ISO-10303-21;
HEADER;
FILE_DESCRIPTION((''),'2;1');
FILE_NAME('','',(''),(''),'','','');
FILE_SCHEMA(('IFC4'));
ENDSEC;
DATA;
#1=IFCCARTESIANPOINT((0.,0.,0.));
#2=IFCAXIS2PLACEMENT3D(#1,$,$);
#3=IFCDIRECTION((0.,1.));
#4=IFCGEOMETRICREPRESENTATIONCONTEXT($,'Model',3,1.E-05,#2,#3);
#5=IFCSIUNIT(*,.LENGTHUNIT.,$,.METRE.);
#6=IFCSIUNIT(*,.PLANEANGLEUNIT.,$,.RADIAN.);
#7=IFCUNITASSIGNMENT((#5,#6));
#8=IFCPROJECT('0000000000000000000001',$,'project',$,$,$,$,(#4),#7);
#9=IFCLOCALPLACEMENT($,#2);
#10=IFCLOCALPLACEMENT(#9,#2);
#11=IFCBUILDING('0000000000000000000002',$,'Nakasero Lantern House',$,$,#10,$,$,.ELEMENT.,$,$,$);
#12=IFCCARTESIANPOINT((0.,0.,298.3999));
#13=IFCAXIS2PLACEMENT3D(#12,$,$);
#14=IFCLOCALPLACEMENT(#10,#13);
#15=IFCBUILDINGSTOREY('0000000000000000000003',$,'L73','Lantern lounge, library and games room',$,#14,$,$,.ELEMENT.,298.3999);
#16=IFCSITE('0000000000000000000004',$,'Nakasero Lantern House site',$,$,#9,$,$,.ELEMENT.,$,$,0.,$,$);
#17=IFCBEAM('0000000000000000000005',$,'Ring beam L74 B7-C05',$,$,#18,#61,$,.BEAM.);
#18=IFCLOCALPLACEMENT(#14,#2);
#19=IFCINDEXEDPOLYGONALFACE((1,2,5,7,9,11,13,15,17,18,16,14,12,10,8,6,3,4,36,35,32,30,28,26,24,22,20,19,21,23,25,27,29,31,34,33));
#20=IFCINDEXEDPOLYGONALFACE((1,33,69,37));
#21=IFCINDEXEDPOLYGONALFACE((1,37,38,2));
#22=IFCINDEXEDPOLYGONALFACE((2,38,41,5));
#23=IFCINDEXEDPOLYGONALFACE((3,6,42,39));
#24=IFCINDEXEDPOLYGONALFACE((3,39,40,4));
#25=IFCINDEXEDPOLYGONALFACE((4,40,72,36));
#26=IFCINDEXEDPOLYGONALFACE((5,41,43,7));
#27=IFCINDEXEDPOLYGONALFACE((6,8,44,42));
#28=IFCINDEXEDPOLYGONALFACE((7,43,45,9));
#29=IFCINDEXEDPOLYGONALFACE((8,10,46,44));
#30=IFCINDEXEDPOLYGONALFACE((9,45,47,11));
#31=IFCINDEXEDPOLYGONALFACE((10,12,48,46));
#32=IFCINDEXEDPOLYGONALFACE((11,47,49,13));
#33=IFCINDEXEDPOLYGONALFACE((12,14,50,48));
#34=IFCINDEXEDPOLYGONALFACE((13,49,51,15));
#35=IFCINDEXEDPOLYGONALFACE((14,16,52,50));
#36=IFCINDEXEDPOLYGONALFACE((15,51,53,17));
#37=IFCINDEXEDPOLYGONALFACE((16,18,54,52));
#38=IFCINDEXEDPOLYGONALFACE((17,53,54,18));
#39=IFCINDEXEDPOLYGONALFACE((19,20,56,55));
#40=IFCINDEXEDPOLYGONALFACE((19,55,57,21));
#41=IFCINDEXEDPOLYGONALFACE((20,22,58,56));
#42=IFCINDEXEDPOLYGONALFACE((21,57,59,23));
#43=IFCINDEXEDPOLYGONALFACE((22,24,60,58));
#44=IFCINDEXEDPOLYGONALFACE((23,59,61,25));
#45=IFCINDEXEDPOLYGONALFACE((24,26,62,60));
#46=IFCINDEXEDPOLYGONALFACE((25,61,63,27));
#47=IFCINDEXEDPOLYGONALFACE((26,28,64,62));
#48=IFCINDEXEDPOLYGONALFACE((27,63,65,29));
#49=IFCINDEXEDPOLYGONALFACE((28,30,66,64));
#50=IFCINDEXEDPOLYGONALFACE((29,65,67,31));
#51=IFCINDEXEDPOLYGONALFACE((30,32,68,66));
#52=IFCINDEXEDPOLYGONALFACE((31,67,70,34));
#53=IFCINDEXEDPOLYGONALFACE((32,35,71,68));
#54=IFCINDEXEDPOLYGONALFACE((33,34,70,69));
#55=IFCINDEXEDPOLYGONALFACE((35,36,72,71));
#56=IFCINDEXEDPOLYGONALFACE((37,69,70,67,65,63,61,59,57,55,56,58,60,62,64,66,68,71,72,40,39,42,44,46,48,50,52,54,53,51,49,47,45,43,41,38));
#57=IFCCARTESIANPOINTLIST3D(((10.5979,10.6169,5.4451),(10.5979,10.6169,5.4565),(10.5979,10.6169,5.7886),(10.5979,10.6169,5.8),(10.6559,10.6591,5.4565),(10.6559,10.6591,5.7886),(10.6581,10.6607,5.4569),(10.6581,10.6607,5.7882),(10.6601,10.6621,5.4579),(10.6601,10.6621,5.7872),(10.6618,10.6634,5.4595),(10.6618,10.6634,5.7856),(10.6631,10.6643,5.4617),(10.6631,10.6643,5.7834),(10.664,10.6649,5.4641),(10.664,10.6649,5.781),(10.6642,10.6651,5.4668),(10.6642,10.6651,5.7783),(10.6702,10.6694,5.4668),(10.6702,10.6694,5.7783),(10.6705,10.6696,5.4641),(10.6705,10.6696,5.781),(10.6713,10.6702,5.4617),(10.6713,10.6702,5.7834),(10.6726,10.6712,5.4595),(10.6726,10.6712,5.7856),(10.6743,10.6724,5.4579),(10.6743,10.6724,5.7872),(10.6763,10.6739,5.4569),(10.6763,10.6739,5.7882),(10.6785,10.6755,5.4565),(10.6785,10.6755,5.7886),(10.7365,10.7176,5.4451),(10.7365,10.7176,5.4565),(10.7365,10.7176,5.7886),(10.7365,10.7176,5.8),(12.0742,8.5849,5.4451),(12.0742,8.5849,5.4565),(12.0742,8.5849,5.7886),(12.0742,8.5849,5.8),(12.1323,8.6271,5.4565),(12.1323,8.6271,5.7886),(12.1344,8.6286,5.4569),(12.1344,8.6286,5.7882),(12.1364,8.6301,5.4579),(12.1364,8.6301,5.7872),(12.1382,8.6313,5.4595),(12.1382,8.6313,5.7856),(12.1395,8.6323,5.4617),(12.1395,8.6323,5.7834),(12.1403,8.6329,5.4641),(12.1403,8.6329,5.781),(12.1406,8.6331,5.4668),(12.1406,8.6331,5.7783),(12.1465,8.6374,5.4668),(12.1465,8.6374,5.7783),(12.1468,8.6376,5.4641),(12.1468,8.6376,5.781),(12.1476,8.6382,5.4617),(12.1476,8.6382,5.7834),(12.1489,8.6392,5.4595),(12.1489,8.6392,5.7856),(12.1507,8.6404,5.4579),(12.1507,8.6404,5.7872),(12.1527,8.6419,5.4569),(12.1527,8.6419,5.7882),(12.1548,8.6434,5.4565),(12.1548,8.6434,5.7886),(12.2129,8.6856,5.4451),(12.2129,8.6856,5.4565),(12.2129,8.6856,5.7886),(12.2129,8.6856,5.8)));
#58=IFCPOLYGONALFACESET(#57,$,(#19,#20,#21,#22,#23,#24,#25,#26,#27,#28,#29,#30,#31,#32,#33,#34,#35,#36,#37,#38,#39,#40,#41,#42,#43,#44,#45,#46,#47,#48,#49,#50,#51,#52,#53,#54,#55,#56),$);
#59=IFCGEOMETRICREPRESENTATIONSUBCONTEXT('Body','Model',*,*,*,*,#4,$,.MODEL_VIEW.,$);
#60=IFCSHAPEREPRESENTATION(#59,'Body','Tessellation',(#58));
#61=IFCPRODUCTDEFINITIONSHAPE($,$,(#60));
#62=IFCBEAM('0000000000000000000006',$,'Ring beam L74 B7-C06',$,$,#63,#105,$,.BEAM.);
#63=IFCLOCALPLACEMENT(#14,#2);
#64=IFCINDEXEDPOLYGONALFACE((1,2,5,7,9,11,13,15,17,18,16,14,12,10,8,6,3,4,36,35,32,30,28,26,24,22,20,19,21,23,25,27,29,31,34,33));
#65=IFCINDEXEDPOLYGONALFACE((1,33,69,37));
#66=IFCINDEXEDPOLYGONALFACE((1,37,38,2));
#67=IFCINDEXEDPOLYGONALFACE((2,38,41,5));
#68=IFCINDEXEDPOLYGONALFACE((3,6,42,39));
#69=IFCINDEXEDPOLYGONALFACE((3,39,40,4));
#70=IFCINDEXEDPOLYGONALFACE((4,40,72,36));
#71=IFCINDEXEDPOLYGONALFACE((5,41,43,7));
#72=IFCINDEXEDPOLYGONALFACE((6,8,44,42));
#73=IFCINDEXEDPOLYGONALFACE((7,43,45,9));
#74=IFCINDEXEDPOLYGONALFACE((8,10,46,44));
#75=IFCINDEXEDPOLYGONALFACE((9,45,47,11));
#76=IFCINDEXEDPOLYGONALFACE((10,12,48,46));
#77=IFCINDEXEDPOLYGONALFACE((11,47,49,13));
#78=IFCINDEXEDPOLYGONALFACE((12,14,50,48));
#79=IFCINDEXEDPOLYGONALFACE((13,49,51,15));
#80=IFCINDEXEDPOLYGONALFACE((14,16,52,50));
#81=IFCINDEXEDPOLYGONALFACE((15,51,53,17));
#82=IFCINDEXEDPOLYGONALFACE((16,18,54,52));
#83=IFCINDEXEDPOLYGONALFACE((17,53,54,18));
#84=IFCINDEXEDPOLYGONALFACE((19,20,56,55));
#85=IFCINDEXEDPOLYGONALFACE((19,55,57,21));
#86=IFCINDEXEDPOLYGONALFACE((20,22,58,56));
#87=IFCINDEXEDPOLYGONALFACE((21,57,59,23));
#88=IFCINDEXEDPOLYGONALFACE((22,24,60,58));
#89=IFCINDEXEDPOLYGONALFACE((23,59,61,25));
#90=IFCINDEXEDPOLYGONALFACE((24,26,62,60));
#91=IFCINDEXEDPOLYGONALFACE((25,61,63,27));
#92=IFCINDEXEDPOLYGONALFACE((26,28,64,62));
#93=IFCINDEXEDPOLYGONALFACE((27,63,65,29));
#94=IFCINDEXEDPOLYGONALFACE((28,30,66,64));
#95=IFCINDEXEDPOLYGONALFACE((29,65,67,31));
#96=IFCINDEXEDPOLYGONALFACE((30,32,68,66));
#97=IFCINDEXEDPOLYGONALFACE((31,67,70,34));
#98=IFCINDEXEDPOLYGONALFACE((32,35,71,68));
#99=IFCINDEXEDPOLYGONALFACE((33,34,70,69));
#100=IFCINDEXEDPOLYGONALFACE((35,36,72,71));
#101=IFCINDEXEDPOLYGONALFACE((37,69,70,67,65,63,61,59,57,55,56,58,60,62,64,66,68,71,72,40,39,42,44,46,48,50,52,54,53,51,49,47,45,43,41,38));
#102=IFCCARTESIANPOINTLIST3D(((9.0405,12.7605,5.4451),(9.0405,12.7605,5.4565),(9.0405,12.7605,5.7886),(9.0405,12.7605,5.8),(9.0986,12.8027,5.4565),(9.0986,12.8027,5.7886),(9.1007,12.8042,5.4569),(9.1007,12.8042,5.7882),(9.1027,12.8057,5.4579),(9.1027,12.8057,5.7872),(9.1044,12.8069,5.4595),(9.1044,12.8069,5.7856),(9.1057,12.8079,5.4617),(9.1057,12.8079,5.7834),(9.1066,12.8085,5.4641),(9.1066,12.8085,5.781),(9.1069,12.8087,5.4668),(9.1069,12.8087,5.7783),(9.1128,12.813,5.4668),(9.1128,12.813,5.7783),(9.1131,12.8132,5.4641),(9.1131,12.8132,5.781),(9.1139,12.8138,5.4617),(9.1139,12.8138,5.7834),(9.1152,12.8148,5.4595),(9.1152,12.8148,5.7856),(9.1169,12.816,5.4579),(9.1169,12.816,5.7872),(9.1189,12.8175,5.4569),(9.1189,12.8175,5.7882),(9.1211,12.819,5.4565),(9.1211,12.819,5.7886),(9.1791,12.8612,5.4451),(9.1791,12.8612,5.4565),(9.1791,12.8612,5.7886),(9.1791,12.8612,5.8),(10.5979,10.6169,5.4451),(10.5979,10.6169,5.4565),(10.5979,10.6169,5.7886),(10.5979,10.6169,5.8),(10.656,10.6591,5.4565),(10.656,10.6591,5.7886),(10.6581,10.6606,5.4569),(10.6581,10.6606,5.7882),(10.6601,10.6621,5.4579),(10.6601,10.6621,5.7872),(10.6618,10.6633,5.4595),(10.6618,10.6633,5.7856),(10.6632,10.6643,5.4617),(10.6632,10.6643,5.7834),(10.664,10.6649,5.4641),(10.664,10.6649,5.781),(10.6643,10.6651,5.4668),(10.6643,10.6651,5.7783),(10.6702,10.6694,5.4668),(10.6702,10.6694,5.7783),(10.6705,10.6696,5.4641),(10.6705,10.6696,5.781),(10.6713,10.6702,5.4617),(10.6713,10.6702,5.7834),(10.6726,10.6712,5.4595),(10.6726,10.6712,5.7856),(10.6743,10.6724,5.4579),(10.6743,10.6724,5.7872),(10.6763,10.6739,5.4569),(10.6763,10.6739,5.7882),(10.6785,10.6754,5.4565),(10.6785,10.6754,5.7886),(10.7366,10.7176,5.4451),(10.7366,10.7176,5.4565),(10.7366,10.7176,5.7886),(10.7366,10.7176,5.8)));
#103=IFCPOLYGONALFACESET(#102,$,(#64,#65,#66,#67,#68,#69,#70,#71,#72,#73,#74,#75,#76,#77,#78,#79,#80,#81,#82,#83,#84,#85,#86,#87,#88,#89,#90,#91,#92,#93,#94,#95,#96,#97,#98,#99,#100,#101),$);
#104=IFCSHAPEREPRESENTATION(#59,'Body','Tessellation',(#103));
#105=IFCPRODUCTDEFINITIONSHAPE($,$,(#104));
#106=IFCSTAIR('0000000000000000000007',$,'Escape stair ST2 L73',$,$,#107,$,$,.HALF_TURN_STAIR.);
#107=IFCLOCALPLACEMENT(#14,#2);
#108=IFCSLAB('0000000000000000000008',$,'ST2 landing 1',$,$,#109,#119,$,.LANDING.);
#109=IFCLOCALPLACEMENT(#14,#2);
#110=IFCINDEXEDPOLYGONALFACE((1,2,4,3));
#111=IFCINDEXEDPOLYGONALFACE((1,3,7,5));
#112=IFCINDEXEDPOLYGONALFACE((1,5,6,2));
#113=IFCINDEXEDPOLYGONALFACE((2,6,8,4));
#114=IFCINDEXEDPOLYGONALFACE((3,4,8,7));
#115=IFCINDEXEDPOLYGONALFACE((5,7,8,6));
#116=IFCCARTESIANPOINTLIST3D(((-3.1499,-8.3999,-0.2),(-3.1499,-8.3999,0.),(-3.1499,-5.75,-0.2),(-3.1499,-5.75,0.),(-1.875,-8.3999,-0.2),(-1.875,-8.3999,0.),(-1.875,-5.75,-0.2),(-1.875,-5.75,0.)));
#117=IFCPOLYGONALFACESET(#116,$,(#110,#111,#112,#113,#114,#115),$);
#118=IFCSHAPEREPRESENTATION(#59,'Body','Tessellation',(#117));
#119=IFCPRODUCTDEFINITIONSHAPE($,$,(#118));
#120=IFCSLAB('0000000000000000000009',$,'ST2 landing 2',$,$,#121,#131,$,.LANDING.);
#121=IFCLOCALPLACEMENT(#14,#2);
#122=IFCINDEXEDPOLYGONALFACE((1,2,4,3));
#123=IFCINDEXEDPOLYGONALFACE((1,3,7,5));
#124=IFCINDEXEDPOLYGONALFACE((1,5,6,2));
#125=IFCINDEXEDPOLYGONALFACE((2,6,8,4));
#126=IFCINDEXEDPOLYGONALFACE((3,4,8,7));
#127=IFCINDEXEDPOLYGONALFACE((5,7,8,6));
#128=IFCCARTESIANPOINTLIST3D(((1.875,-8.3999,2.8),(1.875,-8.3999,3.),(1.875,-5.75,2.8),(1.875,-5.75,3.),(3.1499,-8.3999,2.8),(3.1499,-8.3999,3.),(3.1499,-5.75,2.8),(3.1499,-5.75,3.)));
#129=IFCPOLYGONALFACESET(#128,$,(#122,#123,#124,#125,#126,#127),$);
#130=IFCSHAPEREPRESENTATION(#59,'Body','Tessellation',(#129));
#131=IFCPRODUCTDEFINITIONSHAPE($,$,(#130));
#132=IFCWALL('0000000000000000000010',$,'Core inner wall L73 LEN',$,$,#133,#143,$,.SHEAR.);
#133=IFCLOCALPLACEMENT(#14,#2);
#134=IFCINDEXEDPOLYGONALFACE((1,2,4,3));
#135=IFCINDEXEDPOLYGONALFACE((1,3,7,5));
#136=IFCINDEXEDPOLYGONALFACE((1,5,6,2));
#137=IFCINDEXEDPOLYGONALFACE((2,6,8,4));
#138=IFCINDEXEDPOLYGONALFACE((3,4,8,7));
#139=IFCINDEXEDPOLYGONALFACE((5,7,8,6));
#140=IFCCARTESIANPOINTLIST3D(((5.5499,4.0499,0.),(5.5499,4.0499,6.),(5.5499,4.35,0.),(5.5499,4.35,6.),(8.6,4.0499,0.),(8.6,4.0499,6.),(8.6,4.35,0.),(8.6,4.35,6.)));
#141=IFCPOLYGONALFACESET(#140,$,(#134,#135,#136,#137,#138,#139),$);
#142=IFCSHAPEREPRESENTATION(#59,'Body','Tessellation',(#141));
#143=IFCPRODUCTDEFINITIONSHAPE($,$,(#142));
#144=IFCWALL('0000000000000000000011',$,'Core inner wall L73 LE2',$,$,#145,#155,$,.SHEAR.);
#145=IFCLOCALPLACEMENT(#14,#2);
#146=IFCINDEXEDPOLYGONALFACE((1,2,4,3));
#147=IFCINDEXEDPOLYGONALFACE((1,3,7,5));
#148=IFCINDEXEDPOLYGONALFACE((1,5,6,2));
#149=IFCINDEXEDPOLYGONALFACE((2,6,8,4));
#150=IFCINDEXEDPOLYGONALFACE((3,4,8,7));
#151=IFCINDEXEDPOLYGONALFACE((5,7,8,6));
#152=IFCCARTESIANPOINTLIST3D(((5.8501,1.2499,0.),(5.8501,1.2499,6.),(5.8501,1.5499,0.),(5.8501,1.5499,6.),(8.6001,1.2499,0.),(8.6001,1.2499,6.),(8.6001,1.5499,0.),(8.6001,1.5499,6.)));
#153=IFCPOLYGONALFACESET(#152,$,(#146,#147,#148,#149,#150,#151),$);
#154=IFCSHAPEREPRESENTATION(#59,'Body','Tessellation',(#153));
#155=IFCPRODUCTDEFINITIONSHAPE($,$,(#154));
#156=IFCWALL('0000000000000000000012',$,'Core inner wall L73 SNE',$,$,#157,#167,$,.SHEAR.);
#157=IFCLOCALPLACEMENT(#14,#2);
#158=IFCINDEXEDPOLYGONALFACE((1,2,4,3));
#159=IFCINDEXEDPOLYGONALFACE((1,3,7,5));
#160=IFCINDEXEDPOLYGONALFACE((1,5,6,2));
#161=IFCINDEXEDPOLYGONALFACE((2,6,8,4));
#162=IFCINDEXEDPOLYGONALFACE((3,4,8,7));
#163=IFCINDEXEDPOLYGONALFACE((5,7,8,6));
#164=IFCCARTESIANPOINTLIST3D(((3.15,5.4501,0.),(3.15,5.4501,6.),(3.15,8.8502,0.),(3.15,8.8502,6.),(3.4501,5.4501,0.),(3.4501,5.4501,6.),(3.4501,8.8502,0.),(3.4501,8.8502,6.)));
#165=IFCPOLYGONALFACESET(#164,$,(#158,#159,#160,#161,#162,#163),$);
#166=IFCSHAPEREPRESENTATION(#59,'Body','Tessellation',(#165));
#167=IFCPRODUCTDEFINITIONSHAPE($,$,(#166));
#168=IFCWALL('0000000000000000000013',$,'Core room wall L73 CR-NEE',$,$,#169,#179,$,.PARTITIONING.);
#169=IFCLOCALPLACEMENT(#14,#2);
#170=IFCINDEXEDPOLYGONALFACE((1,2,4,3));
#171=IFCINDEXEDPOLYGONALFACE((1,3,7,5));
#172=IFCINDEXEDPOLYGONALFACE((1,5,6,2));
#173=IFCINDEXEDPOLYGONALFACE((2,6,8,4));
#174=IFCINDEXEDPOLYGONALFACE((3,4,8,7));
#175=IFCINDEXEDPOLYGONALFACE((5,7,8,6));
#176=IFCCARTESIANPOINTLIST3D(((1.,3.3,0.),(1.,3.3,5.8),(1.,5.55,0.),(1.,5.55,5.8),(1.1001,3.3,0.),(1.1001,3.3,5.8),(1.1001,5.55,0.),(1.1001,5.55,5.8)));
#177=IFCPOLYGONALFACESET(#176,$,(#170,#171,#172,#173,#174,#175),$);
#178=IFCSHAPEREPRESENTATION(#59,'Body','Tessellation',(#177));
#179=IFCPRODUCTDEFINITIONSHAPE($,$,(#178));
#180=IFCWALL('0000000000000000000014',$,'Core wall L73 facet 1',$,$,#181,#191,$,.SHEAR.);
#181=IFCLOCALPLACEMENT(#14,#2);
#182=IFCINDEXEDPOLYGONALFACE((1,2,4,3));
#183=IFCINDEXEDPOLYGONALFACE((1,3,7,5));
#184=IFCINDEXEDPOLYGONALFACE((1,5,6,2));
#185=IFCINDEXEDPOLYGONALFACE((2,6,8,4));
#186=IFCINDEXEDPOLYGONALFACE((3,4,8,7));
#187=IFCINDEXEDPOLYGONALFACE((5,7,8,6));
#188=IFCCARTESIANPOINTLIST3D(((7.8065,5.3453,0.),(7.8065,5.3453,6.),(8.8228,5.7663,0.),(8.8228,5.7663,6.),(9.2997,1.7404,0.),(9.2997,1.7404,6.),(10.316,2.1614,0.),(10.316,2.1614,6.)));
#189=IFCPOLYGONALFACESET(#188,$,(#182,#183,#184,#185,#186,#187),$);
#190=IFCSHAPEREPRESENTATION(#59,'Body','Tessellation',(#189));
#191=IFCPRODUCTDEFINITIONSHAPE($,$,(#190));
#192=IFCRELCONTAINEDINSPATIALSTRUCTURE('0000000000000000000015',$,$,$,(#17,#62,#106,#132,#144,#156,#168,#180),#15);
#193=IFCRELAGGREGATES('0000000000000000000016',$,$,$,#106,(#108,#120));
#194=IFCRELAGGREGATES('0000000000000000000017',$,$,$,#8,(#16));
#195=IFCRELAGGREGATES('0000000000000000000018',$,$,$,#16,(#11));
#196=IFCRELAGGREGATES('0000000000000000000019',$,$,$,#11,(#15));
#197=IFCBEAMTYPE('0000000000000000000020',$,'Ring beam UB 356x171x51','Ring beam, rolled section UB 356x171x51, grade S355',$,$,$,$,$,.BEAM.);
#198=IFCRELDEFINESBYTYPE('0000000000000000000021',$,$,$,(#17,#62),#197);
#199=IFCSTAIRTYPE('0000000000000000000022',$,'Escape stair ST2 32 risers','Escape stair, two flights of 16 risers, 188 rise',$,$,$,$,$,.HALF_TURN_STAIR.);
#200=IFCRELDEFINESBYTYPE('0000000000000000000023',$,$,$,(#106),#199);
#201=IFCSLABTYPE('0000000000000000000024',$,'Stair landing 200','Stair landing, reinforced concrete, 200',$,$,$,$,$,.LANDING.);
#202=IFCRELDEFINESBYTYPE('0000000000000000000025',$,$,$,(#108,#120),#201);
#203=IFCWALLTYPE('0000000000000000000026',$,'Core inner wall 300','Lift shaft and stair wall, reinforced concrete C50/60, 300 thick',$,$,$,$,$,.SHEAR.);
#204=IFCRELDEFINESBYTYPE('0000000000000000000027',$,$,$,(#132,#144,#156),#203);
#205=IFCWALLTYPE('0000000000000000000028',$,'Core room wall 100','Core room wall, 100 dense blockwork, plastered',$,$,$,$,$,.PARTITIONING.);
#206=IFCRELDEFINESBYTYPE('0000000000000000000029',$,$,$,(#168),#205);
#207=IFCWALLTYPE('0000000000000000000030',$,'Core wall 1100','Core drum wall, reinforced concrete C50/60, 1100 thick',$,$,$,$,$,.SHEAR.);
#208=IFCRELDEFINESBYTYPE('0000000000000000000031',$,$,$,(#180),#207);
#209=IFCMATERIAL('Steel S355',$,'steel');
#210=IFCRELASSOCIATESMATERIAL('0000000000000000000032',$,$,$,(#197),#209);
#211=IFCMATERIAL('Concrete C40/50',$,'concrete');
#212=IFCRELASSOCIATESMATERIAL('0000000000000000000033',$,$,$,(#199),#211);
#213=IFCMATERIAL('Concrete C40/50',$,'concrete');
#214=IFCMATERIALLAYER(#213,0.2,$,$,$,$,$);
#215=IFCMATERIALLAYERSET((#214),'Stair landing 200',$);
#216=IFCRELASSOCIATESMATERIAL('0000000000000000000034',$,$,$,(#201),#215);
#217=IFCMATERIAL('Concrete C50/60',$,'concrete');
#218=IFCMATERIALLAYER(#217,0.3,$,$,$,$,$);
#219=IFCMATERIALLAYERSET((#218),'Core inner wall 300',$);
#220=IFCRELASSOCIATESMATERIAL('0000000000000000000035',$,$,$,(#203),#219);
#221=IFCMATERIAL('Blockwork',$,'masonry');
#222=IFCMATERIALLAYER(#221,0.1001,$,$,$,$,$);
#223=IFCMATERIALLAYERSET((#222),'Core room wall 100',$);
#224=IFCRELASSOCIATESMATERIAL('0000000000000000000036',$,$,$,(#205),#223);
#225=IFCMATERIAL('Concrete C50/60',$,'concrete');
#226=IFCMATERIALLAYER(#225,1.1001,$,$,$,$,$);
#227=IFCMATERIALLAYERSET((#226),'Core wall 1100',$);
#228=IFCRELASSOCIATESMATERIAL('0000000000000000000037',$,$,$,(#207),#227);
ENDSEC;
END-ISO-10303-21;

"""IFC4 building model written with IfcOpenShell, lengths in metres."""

from ifc_helpers import new_model, si_unit, direction, frame, frame_2d, origin, origin_2d, place, context, subcontext, project, spatial, polyline, rectangle, i_section, outline, extrude, material, layer, layer_set, material_profile, profile_set, type_object, element, aggregate, save


model = new_model("IFC4")

# Units and contexts
model_context = context("Model", 3, precision=1e-05, world=origin(), true_north=direction((0.0, 1.0)))
body_context = subcontext(model_context, "Body", "Model", "MODEL_VIEW")
ifc_project = project(units=[si_unit("LENGTHUNIT", "METRE"), si_unit("PLANEANGLEUNIT", "RADIAN")], contexts=[model_context])

# Site, building, storey
site_placement = place(None, origin())
site = spatial("IfcSite", under=ifc_project, at=site_placement, Name="Nakasero Lantern House site", CompositionType="ELEMENT", RefElevation=0.0)
building_placement = place(site_placement, origin())
building = spatial("IfcBuilding", under=site, at=building_placement, Name="Nakasero Lantern House", CompositionType="ELEMENT")
storey_placement = place(building_placement, frame((0.0, 0.0, 298.3999)))
storey = spatial("IfcBuildingStorey", under=building, at=storey_placement, Name="L73", Description="Lantern lounge, library and games room", CompositionType="ELEMENT", Elevation=298.3999)

# Beams
ifc_material_1 = material(Name="Steel S355", Category="steel")
ifc_material_profile_1 = material_profile(ifc_material_1, i_section(OverallWidth=0.1714, OverallDepth=0.355, WebThickness=0.0073, FlangeThickness=0.0115, FilletRadius=0.0103, at=origin_2d()), Name="UB 356x171x51")
ifc_profile_set_1 = profile_set([ifc_material_profile_1], Name="Steel S355")
beam_type_1 = type_object("IfcBeamType", Name="Ring beam UB 356x171x51", Description="Ring beam, rolled section UB 356x171x51, grade S355", PredefinedType="BEAM", material=ifc_profile_set_1)
beam_1_placement = place(storey_placement, frame((12.1436, 8.6353, 5.6226), z_axis=(-0.587784, 0.809018, 0.0), x_axis=(-0.809018, -0.587784, 0.0)))
element("IfcBeam", 1, at=beam_1_placement, inside=storey, type_object=beam_type_1, Name="Ring beam L74 B7-C05", PredefinedType="BEAM", context=body_context, shape_type="SweptSolid", body=[
    extrude(i_section(OverallWidth=0.1714, OverallDepth=0.355, WebThickness=0.0073, FlangeThickness=0.0115, FilletRadius=0.0103, at=origin_2d()), origin(), (0.0, 0.0, 1.0), 2.5117),
])
beam_2_placement = place(storey_placement, frame((10.6672, 10.6672, 5.6226), z_axis=(-0.587783, 0.809019, 0.0), x_axis=(-0.809019, -0.587783, 0.0)))
element("IfcBeam", 2, at=beam_2_placement, inside=storey, type_object=beam_type_1, Name="Ring beam L74 B7-C06", PredefinedType="BEAM", context=body_context, shape_type="SweptSolid", body=[
    extrude(i_section(OverallWidth=0.1714, OverallDepth=0.355, WebThickness=0.0073, FlangeThickness=0.0115, FilletRadius=0.0103, at=origin_2d()), origin(), (0.0, 0.0, 1.0), 2.6497),
])

# Stair, slabs
ifc_material_2 = material(Name="Concrete C40/50", Category="concrete")
stair_type_1 = type_object("IfcStairType", Name="Escape stair ST2 32 risers", Description="Escape stair, two flights of 16 risers, 188 rise", PredefinedType="HALF_TURN_STAIR", material=ifc_material_2)
stair_1_placement = place(storey_placement, origin())
stair_1 = element("IfcStair", 3, at=stair_1_placement, inside=storey, type_object=stair_type_1, Name="Escape stair ST2 L73", PredefinedType="HALF_TURN_STAIR")
ifc_material_3 = material(Name="Concrete C40/50", Category="concrete")
ifc_layer_1 = layer(ifc_material_3, 0.2)
ifc_layer_set_1 = layer_set([ifc_layer_1], Name="Stair landing 200")
slab_type = type_object("IfcSlabType", Name="Stair landing 200", Description="Stair landing, reinforced concrete, 200", PredefinedType="LANDING", material=ifc_layer_set_1)
slab_1_placement = place(storey_placement, frame((0.0, 0.0, -0.2)))
slab_1 = element("IfcSlab", 4, at=slab_1_placement, type_object=slab_type, Name="ST2 landing 1", PredefinedType="LANDING", context=body_context, shape_type="SweptSolid", body=[
    extrude(outline(polyline([(-3.1499, -8.3999), (-1.875, -8.3999), (-1.875, -5.75), (-3.1499, -5.75), (-3.1499, -8.3999)])), origin(), (0.0, 0.0, 1.0), 0.2),
])
slab_2_placement = place(storey_placement, frame((0.0, 0.0, 2.8)))
slab_2 = element("IfcSlab", 5, at=slab_2_placement, type_object=slab_type, Name="ST2 landing 2", PredefinedType="LANDING", context=body_context, shape_type="SweptSolid", body=[
    extrude(outline(polyline([(1.875, -8.3999), (3.1499, -8.3999), (3.1499, -5.75), (1.875, -5.75), (1.875, -8.3999)])), origin(), (0.0, 0.0, 1.0), 0.2),
])
aggregate(stair_1, [slab_1, slab_2])

# Walls
ifc_material_4 = material(Name="Concrete C50/60", Category="concrete")
ifc_layer_2 = layer(ifc_material_4, 0.3)
ifc_layer_set_2 = layer_set([ifc_layer_2], Name="Core inner wall 300")
wall_type_1 = type_object("IfcWallType", Name="Core inner wall 300", Description="Lift shaft and stair wall, reinforced concrete C50/60, 300 thick", PredefinedType="SHEAR", material=ifc_layer_set_2)
wall_1_placement = place(storey_placement, frame((5.55, 4.2, 0.0), z_axis=(0.0, 0.0, 1.0), x_axis=(1.0, 0.0, 0.0)))
element("IfcWall", 6, at=wall_1_placement, inside=storey, type_object=wall_type_1, Name="Core inner wall L73 LEN", PredefinedType="SHEAR", context=body_context, shape_type="SweptSolid", body=[
    extrude(rectangle(XDim=3.05, YDim=0.3, at=frame_2d((1.5249, 0.0))), origin(), (0.0, 0.0, 1.0), 6.0),
])
wall_2_placement = place(storey_placement, frame((5.8501, 1.3999, 0.0), z_axis=(0.0, 0.0, 1.0), x_axis=(1.0, 0.0, 0.0)))
element("IfcWall", 7, at=wall_2_placement, inside=storey, type_object=wall_type_1, Name="Core inner wall L73 LE2", PredefinedType="SHEAR", context=body_context, shape_type="SweptSolid", body=[
    extrude(rectangle(XDim=2.75, YDim=0.3, at=frame_2d((1.375, 0.0))), origin(), (0.0, 0.0, 1.0), 6.0),
])
wall_3_placement = place(storey_placement, frame((3.3, 5.45, 0.0), z_axis=(0.0, 0.0, 1.0), x_axis=(0.0, 1.0, 0.0)))
element("IfcWall", 8, at=wall_3_placement, inside=storey, type_object=wall_type_1, Name="Core inner wall L73 SNE", PredefinedType="SHEAR", context=body_context, shape_type="SweptSolid", body=[
    extrude(rectangle(XDim=3.4001, YDim=0.3, at=frame_2d((1.7002, 0.0))), origin(), (0.0, 0.0, 1.0), 6.0),
])
ifc_material_5 = material(Name="Blockwork", Category="masonry")
ifc_layer_3 = layer(ifc_material_5, 0.1001)
ifc_layer_set_3 = layer_set([ifc_layer_3], Name="Core room wall 100")
wall_type_2 = type_object("IfcWallType", Name="Core room wall 100", Description="Core room wall, 100 dense blockwork, plastered", PredefinedType="PARTITIONING", material=ifc_layer_set_3)
wall_4_placement = place(storey_placement, frame((1.05, 3.3, 0.0), z_axis=(0.0, 0.0, 1.0), x_axis=(0.0, 1.0, 0.0)))
element("IfcWall", 9, at=wall_4_placement, inside=storey, type_object=wall_type_2, Name="Core room wall L73 CR-NEE", PredefinedType="PARTITIONING", context=body_context, shape_type="SweptSolid", body=[
    extrude(rectangle(XDim=2.25, YDim=0.1001, at=frame_2d((1.125, 0.0))), origin(), (0.0, 0.0, 1.0), 5.8),
])
ifc_material_6 = material(Name="Concrete C50/60", Category="concrete")
ifc_layer_4 = layer(ifc_material_6, 1.1001)
ifc_layer_set_4 = layer_set([ifc_layer_4], Name="Core wall 1100")
wall_type_3 = type_object("IfcWallType", Name="Core wall 1100", Description="Core drum wall, reinforced concrete C50/60, 1100 thick", PredefinedType="SHEAR", material=ifc_layer_set_4)
wall_5_placement = place(storey_placement, frame((9.8079, 1.9509, 0.0), z_axis=(0.0, 0.0, 1.0), x_axis=(-0.382691, 0.923877, 0.0)))
element("IfcWall", 10, at=wall_5_placement, inside=storey, type_object=wall_type_3, Name="Core wall L73 facet 1", PredefinedType="SHEAR", context=body_context, shape_type="SweptSolid", body=[
    extrude(rectangle(XDim=3.9019, YDim=1.1001, at=frame_2d((1.9509, 0.0))), origin(), (0.0, 0.0, 1.0), 6.0),
])

save(model, "model.ifc")
